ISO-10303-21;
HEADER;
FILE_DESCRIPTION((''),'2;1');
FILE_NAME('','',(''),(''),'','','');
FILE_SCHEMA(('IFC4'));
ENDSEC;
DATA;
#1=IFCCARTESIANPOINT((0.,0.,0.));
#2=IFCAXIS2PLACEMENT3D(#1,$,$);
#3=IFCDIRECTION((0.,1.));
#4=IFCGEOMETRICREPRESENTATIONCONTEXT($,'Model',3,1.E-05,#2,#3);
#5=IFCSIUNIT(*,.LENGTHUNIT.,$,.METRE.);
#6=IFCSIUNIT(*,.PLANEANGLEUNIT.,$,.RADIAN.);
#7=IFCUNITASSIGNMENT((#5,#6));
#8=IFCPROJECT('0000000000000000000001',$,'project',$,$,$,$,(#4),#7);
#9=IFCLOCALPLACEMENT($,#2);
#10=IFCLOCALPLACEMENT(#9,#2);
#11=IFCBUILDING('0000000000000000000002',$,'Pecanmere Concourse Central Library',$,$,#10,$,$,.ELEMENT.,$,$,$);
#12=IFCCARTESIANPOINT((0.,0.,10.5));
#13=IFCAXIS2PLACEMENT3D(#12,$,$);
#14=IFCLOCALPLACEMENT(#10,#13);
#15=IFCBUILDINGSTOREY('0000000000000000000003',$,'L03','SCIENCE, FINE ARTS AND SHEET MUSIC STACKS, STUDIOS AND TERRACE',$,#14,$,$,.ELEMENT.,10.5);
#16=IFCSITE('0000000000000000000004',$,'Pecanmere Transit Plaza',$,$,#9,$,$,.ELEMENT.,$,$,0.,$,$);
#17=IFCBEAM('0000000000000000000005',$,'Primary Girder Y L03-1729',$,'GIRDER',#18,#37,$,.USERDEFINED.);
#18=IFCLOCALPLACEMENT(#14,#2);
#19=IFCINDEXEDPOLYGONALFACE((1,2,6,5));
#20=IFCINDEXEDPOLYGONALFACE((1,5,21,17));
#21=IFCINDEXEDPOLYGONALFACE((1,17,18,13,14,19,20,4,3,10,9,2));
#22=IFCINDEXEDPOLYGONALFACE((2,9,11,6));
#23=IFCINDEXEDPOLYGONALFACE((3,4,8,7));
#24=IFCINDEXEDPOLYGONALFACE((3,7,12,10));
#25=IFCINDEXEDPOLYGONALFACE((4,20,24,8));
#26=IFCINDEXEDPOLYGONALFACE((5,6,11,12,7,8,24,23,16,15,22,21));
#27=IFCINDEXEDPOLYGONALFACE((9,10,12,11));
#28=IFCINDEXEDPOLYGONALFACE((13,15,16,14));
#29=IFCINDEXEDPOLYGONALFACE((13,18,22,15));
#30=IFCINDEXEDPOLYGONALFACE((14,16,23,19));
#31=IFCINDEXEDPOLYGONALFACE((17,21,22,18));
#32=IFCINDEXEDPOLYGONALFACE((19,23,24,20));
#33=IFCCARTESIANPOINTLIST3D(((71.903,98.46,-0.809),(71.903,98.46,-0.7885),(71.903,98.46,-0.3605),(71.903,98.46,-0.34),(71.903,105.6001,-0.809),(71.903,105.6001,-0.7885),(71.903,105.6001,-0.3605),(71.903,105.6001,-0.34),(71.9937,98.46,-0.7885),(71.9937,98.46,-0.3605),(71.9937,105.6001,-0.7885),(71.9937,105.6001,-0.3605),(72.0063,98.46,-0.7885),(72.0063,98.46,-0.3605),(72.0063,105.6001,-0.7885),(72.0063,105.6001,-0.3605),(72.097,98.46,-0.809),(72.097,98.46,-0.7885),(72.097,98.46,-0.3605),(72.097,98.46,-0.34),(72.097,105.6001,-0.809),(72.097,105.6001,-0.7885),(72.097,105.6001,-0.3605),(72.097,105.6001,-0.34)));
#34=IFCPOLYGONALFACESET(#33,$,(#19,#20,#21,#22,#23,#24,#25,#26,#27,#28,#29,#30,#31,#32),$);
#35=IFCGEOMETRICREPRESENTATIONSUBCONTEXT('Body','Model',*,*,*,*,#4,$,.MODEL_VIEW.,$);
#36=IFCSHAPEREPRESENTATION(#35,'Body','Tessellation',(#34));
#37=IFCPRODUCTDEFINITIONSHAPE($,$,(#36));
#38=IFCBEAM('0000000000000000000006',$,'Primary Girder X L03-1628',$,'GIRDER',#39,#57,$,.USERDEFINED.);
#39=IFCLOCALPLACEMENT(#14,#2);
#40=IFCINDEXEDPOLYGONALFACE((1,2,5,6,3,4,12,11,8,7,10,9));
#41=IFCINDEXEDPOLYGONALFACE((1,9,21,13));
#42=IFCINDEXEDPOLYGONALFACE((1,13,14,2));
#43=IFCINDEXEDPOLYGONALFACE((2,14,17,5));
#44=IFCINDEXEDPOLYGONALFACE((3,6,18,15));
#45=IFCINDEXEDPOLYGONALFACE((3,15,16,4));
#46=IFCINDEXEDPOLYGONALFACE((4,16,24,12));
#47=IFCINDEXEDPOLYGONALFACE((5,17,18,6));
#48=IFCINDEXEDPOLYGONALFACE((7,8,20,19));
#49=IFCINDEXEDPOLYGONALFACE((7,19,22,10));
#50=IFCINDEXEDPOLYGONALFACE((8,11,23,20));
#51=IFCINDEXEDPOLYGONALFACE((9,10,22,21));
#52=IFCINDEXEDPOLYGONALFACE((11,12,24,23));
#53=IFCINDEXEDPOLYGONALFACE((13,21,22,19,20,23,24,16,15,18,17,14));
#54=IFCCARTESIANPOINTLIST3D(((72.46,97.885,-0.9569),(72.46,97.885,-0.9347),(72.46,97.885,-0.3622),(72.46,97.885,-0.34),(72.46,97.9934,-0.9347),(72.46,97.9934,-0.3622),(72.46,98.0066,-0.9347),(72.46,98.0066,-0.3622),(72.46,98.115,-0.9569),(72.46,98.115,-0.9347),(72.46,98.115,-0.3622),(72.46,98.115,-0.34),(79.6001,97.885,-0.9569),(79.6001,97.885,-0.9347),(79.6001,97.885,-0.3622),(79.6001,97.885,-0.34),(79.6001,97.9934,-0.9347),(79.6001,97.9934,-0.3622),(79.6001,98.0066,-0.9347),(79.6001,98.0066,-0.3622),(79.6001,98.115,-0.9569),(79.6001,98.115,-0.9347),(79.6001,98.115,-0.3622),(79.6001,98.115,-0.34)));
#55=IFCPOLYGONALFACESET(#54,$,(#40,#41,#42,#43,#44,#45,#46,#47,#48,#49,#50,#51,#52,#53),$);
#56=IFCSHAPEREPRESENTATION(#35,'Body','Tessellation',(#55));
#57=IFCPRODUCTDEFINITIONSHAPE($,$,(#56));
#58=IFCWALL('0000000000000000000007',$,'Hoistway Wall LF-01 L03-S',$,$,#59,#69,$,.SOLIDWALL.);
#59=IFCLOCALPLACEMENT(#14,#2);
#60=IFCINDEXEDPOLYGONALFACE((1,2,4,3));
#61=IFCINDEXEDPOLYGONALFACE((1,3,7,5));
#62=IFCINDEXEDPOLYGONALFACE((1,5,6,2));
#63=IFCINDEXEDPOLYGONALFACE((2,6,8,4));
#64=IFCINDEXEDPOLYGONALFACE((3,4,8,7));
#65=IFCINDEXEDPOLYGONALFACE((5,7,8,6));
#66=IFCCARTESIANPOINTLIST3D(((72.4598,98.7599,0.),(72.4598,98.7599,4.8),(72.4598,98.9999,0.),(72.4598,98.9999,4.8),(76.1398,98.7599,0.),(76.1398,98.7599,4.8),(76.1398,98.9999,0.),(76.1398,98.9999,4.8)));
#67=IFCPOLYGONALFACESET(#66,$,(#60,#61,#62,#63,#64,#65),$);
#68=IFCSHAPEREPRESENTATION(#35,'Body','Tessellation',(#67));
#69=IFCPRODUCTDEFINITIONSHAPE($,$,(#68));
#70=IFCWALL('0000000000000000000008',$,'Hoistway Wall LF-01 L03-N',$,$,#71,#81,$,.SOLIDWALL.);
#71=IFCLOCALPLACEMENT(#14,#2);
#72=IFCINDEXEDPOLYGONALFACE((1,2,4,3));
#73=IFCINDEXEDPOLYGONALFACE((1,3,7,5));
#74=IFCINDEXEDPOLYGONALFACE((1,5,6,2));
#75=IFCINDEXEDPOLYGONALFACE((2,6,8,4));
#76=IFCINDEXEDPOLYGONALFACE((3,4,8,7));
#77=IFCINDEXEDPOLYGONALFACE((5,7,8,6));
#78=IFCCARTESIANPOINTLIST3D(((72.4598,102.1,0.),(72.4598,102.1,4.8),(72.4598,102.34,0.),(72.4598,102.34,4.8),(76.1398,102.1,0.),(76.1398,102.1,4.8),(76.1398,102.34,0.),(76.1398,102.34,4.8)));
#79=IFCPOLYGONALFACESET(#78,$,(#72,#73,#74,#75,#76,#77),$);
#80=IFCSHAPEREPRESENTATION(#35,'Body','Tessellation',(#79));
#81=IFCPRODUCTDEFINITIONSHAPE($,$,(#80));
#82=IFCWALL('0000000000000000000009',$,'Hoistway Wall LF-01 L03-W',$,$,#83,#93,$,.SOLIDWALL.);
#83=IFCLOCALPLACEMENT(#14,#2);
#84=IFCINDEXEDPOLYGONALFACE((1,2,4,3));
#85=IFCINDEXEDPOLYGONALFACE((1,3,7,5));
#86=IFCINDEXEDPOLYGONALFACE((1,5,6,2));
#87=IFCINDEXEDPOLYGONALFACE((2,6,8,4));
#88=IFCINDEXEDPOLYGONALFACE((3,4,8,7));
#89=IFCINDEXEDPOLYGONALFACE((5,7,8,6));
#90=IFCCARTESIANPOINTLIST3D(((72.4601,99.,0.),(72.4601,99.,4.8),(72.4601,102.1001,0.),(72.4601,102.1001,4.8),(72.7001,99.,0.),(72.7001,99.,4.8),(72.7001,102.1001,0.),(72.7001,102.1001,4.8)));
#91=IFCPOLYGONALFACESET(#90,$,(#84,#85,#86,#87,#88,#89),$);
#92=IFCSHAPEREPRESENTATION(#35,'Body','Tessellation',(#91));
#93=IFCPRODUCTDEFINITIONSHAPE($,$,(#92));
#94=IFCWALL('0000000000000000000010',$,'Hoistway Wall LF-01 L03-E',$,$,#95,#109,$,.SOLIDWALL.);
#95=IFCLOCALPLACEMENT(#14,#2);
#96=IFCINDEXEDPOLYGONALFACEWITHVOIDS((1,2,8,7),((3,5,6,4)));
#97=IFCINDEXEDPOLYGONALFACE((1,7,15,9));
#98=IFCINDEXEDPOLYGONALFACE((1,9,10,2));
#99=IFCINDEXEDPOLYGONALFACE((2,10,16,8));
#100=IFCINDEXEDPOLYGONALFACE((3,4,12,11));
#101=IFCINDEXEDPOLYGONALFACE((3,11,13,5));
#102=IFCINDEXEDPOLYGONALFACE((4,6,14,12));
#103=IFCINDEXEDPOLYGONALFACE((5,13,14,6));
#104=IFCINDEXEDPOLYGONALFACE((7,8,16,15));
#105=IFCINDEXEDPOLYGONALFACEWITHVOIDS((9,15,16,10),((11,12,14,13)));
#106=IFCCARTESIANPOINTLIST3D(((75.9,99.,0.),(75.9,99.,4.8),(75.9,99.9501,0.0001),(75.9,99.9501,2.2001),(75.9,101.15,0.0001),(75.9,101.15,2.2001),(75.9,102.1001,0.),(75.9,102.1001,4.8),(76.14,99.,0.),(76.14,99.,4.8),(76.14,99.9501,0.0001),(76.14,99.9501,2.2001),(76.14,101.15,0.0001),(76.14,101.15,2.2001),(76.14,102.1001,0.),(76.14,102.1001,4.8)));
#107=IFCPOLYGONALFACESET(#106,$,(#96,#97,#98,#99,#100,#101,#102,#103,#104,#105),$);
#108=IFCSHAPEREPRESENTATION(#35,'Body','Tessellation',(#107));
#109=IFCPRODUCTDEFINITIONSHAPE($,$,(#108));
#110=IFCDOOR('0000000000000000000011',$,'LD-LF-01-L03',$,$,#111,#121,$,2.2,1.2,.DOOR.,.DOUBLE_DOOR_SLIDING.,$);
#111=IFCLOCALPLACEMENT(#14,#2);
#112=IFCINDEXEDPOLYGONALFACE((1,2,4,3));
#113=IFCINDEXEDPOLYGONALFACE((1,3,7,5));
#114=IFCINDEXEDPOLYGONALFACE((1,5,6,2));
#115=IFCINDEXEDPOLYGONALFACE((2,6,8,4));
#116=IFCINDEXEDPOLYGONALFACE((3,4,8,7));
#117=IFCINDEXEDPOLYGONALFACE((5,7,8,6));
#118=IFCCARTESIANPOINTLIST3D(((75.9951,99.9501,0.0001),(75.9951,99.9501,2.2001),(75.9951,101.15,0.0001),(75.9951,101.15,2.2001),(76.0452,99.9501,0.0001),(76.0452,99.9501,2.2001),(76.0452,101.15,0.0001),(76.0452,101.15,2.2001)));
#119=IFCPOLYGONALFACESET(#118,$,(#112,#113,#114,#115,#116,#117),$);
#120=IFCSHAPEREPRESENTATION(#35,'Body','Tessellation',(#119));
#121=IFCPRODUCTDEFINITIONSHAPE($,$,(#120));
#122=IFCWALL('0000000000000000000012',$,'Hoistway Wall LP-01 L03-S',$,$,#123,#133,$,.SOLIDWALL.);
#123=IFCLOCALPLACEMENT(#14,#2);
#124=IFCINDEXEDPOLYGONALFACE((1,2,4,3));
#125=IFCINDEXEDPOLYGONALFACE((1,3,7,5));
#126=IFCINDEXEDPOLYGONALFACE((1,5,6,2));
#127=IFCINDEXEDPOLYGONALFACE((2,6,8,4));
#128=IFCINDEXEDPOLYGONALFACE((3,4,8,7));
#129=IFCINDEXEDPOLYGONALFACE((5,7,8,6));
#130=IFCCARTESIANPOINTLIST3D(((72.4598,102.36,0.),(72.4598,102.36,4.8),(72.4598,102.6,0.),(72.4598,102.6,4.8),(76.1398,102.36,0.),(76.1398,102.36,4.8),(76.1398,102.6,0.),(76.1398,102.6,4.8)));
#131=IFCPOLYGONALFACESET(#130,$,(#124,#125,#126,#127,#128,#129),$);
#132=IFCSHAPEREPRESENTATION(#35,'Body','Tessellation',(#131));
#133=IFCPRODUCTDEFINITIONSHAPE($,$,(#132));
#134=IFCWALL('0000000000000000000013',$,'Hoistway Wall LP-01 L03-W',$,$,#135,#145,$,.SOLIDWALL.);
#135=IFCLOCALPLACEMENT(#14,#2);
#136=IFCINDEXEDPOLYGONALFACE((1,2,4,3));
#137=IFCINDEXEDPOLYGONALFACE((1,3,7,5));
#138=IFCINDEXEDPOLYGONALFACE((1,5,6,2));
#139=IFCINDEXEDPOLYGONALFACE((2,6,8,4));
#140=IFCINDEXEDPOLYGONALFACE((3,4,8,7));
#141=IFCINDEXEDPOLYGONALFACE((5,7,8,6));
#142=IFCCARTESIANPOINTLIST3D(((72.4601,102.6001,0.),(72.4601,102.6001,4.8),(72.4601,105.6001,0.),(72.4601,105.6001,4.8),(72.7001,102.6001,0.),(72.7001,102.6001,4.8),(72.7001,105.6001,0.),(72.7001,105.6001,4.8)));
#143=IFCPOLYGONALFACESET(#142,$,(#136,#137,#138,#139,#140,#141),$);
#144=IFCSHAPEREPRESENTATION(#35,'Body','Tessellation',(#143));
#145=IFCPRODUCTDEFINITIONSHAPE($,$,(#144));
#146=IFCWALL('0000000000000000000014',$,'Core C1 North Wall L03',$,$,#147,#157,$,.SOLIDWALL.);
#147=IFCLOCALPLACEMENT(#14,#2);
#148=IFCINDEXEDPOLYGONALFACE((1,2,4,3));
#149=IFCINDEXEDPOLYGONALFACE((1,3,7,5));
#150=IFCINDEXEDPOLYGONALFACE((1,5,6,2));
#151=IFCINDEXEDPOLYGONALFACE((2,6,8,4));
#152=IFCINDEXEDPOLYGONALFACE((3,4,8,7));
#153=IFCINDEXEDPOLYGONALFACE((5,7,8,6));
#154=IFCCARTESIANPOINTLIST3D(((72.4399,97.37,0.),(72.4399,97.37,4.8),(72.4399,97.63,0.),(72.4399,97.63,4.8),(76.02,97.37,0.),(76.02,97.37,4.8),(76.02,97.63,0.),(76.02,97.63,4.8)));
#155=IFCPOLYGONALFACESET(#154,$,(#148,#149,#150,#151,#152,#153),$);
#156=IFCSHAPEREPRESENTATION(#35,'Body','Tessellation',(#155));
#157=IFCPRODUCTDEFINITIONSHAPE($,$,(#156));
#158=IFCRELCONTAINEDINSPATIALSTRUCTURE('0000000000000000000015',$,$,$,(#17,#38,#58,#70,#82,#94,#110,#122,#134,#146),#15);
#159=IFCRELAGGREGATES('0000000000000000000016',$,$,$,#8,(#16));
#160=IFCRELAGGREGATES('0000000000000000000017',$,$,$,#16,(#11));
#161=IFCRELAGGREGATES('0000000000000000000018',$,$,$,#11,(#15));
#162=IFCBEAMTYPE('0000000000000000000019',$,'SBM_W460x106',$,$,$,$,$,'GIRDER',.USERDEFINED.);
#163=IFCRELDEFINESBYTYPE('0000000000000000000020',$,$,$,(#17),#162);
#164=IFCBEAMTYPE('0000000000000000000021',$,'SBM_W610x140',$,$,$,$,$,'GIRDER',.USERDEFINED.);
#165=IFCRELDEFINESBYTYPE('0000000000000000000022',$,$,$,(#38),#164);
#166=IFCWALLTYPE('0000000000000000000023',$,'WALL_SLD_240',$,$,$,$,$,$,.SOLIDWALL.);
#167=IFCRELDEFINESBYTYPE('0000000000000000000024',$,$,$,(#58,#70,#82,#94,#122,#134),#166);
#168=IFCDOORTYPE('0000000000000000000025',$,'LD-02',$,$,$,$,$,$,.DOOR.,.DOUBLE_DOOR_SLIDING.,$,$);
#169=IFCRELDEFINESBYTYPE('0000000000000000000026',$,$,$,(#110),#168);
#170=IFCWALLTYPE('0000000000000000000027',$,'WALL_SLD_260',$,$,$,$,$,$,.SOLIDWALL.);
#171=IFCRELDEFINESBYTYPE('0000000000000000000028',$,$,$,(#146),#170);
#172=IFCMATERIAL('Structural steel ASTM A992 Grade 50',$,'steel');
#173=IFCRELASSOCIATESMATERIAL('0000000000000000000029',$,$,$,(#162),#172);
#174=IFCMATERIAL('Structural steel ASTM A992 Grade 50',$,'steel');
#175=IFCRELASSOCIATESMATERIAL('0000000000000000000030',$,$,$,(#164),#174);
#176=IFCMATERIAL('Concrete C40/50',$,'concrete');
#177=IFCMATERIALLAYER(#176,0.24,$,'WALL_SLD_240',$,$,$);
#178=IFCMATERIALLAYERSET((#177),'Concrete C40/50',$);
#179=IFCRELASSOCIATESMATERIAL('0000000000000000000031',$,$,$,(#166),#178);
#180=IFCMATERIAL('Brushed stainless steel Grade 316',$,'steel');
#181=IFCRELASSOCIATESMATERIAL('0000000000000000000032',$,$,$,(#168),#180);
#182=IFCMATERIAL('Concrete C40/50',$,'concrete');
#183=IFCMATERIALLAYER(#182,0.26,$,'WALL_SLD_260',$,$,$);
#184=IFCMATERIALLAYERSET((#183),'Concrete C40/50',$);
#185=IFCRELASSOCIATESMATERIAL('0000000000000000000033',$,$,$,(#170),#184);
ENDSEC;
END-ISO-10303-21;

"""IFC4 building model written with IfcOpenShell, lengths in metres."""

from ifc_helpers import new_model, si_unit, direction, frame, frame_2d, origin, origin_2d, place, context, subcontext, project, spatial, rectangle, i_section, extrude, material, layer, layer_set, material_profile, profile_set, type_object, element, fill, save


model = new_model("IFC4")

# Units and contexts
model_context = context("Model", 3, precision=1e-05, world=origin(), true_north=direction((0.0, 1.0)))
body_context = subcontext(model_context, "Body", "Model", "MODEL_VIEW")
ifc_project = project(units=[si_unit("LENGTHUNIT", "METRE"), si_unit("PLANEANGLEUNIT", "RADIAN")], contexts=[model_context])

# Site, building, storey
site_placement = place(None, origin())
site = spatial("IfcSite", under=ifc_project, at=site_placement, Name="Pecanmere Transit Plaza", CompositionType="ELEMENT", RefElevation=0.0)
building_placement = place(site_placement, origin())
building = spatial("IfcBuilding", under=site, at=building_placement, Name="Pecanmere Concourse Central Library", CompositionType="ELEMENT")
storey_placement = place(building_placement, frame((0.0, 0.0, 10.5)))
storey = spatial("IfcBuildingStorey", under=building, at=storey_placement, Name="L03", Description="SCIENCE, FINE ARTS AND SHEET MUSIC STACKS, STUDIOS AND TERRACE", CompositionType="ELEMENT", Elevation=10.5)

# Beams
ifc_material_1 = material(Name="Structural steel ASTM A992 Grade 50", Category="steel")
ifc_material_profile_1 = material_profile(ifc_material_1, i_section(OverallWidth=0.1941, OverallDepth=0.469, WebThickness=0.0127, FlangeThickness=0.0205, at=origin_2d()), Name="W460x106")
ifc_profile_set_1 = profile_set([ifc_material_profile_1], Name="Structural steel ASTM A992 Grade 50")
beam_type_1 = type_object("IfcBeamType", Name="SBM_W460x106", ElementType="GIRDER", PredefinedType="USERDEFINED", material=ifc_profile_set_1)
beam_1_placement = place(storey_placement, frame((72.0, 98.46, -0.5745), z_axis=(0.0, 1.0, 0.0), x_axis=(-1.0, 0.0, 0.0)))
element("IfcBeam", 1, at=beam_1_placement, inside=storey, type_object=beam_type_1, Name="Primary Girder Y L03-1729", ObjectType="GIRDER", PredefinedType="USERDEFINED", context=body_context, shape_type="SweptSolid", body=[
    extrude(i_section(OverallWidth=0.1941, OverallDepth=0.469, WebThickness=0.0127, FlangeThickness=0.0205, at=origin_2d()), origin(), (0.0, 0.0, 1.0), 7.1401),
])
ifc_material_2 = material(Name="Structural steel ASTM A992 Grade 50", Category="steel")
ifc_material_profile_2 = material_profile(ifc_material_2, i_section(OverallWidth=0.23, OverallDepth=0.6169, WebThickness=0.0132, FlangeThickness=0.0222, at=origin_2d()), Name="W610x140")
ifc_profile_set_2 = profile_set([ifc_material_profile_2], Name="Structural steel ASTM A992 Grade 50")
beam_type_2 = type_object("IfcBeamType", Name="SBM_W610x140", ElementType="GIRDER", PredefinedType="USERDEFINED", material=ifc_profile_set_2)
beam_2_placement = place(storey_placement, frame((72.46, 98.0, -0.6484), z_axis=(1.0, 0.0, 0.0), x_axis=(0.0, 1.0, 0.0)))
element("IfcBeam", 2, at=beam_2_placement, inside=storey, type_object=beam_type_2, Name="Primary Girder X L03-1628", ObjectType="GIRDER", PredefinedType="USERDEFINED", context=body_context, shape_type="SweptSolid", body=[
    extrude(i_section(OverallWidth=0.23, OverallDepth=0.6169, WebThickness=0.0132, FlangeThickness=0.0222, at=origin_2d()), origin(), (0.0, 0.0, 1.0), 7.1401),
])

# Walls
ifc_material_3 = material(Name="Concrete C40/50", Category="concrete")
ifc_layer_1 = layer(ifc_material_3, 0.24, Name="WALL_SLD_240")
ifc_layer_set_1 = layer_set([ifc_layer_1], Name="Concrete C40/50")
wall_type_1 = type_object("IfcWallType", Name="WALL_SLD_240", PredefinedType="SOLIDWALL", material=ifc_layer_set_1)
for number, where, z_axis, x_axis, name in (
    (3, (72.46, 98.8799, 0.0), (0.0, 0.0, 1.0), (1.0, 0.0, 0.0), "Hoistway Wall LF-01 L03-S"),
    (4, (72.46, 102.22, 0.0), (0.0, 0.0, 1.0), (1.0, 0.0, 0.0), "Hoistway Wall LF-01 L03-N"),
):
    element("IfcWall", number, at=place(storey_placement, frame(where, z_axis=z_axis, x_axis=x_axis)), inside=storey, type_object=wall_type_1, Name=name, PredefinedType="SOLIDWALL", context=body_context, shape_type="SweptSolid", body=[
        extrude(rectangle(XDim=3.6799, YDim=0.24, at=frame_2d((1.8398, 0.0))), origin(), (0.0, 0.0, 1.0), 4.8),
    ])
wall_1_placement = place(storey_placement, frame((72.5801, 99.0, 0.0), z_axis=(0.0, 0.0, 1.0), x_axis=(0.0, 1.0, 0.0)))
element("IfcWall", 5, at=wall_1_placement, inside=storey, type_object=wall_type_1, Name="Hoistway Wall LF-01 L03-W", PredefinedType="SOLIDWALL", context=body_context, shape_type="SweptSolid", body=[
    extrude(rectangle(XDim=3.1001, YDim=0.24, at=frame_2d((1.55, 0.0))), origin(), (0.0, 0.0, 1.0), 4.8),
])

# Wall, opening, door
wall_2_placement = place(storey_placement, frame((76.02, 99.0, 0.0), z_axis=(0.0, 0.0, 1.0), x_axis=(0.0, 1.0, 0.0)))
wall_2 = element("IfcWall", 6, at=wall_2_placement, inside=storey, type_object=wall_type_1, Name="Hoistway Wall LF-01 L03-E", PredefinedType="SOLIDWALL", context=body_context, shape_type="SweptSolid", body=[
    extrude(rectangle(XDim=3.1001, YDim=0.24, at=frame_2d((1.55, 0.0))), origin(), (0.0, 0.0, 1.0), 4.8),
])
opening_placement = place(wall_2_placement, frame((0.95, 0.0, 0.0)))
opening = element("IfcOpeningElement", 7, at=opening_placement, cuts=wall_2, PredefinedType="OPENING", context=body_context, shape_type="SweptSolid", body=[
    extrude(rectangle(XDim=1.2, YDim=2.2, at=frame_2d((0.6001, 1.1001))), frame((0.0, 0.1318, 0.0), z_axis=(0.0, -1.0, 0.0), x_axis=(1.0, 0.0, 0.0)), (0.0, 0.0, 1.0), 0.2639),
])
ifc_material_4 = material(Name="Brushed stainless steel Grade 316", Category="steel")
door_type = type_object("IfcDoorType", Name="LD-02", OperationType="DOUBLE_DOOR_SLIDING", PredefinedType="DOOR", material=ifc_material_4)
door_placement = place(opening_placement, origin())
door = element("IfcDoor", 8, at=door_placement, inside=storey, type_object=door_type, Name="LD-LF-01-L03", OperationType="DOUBLE_DOOR_SLIDING", OverallHeight=2.2, OverallWidth=1.2, PredefinedType="DOOR", context=body_context, shape_type="SweptSolid", body=[
    extrude(rectangle(XDim=1.2, YDim=2.2, at=frame_2d((0.6001, 1.1001))), frame((0.0, 0.0249, 0.0), z_axis=(0.0, -1.0, 0.0), x_axis=(1.0, 0.0, 0.0)), (0.0, 0.0, 1.0), 0.05),
])
fill(opening, door)

# Walls
wall_3_placement = place(storey_placement, frame((72.46, 102.48, 0.0), z_axis=(0.0, 0.0, 1.0), x_axis=(1.0, 0.0, 0.0)))
element("IfcWall", 9, at=wall_3_placement, inside=storey, type_object=wall_type_1, Name="Hoistway Wall LP-01 L03-S", PredefinedType="SOLIDWALL", context=body_context, shape_type="SweptSolid", body=[
    extrude(rectangle(XDim=3.6799, YDim=0.24, at=frame_2d((1.8398, 0.0))), origin(), (0.0, 0.0, 1.0), 4.8),
])
wall_4_placement = place(storey_placement, frame((72.5801, 102.6001, 0.0), z_axis=(0.0, 0.0, 1.0), x_axis=(0.0, 1.0, 0.0)))
element("IfcWall", 10, at=wall_4_placement, inside=storey, type_object=wall_type_1, Name="Hoistway Wall LP-01 L03-W", PredefinedType="SOLIDWALL", context=body_context, shape_type="SweptSolid", body=[
    extrude(rectangle(XDim=3.0, YDim=0.24, at=frame_2d((1.5, 0.0))), origin(), (0.0, 0.0, 1.0), 4.8),
])
ifc_material_5 = material(Name="Concrete C40/50", Category="concrete")
ifc_layer_2 = layer(ifc_material_5, 0.26, Name="WALL_SLD_260")
ifc_layer_set_2 = layer_set([ifc_layer_2], Name="Concrete C40/50")
wall_type_2 = type_object("IfcWallType", Name="WALL_SLD_260", PredefinedType="SOLIDWALL", material=ifc_layer_set_2)
wall_5_placement = place(storey_placement, frame((72.4399, 97.5, 0.0), z_axis=(0.0, 0.0, 1.0), x_axis=(1.0, 0.0, 0.0)))
element("IfcWall", 11, at=wall_5_placement, inside=storey, type_object=wall_type_2, Name="Core C1 North Wall L03", PredefinedType="SOLIDWALL", context=body_context, shape_type="SweptSolid", body=[
    extrude(rectangle(XDim=3.5801, YDim=0.26, at=frame_2d((1.79, 0.0))), origin(), (0.0, 0.0, 1.0), 4.8),
])

save(model, "model.ifc")
